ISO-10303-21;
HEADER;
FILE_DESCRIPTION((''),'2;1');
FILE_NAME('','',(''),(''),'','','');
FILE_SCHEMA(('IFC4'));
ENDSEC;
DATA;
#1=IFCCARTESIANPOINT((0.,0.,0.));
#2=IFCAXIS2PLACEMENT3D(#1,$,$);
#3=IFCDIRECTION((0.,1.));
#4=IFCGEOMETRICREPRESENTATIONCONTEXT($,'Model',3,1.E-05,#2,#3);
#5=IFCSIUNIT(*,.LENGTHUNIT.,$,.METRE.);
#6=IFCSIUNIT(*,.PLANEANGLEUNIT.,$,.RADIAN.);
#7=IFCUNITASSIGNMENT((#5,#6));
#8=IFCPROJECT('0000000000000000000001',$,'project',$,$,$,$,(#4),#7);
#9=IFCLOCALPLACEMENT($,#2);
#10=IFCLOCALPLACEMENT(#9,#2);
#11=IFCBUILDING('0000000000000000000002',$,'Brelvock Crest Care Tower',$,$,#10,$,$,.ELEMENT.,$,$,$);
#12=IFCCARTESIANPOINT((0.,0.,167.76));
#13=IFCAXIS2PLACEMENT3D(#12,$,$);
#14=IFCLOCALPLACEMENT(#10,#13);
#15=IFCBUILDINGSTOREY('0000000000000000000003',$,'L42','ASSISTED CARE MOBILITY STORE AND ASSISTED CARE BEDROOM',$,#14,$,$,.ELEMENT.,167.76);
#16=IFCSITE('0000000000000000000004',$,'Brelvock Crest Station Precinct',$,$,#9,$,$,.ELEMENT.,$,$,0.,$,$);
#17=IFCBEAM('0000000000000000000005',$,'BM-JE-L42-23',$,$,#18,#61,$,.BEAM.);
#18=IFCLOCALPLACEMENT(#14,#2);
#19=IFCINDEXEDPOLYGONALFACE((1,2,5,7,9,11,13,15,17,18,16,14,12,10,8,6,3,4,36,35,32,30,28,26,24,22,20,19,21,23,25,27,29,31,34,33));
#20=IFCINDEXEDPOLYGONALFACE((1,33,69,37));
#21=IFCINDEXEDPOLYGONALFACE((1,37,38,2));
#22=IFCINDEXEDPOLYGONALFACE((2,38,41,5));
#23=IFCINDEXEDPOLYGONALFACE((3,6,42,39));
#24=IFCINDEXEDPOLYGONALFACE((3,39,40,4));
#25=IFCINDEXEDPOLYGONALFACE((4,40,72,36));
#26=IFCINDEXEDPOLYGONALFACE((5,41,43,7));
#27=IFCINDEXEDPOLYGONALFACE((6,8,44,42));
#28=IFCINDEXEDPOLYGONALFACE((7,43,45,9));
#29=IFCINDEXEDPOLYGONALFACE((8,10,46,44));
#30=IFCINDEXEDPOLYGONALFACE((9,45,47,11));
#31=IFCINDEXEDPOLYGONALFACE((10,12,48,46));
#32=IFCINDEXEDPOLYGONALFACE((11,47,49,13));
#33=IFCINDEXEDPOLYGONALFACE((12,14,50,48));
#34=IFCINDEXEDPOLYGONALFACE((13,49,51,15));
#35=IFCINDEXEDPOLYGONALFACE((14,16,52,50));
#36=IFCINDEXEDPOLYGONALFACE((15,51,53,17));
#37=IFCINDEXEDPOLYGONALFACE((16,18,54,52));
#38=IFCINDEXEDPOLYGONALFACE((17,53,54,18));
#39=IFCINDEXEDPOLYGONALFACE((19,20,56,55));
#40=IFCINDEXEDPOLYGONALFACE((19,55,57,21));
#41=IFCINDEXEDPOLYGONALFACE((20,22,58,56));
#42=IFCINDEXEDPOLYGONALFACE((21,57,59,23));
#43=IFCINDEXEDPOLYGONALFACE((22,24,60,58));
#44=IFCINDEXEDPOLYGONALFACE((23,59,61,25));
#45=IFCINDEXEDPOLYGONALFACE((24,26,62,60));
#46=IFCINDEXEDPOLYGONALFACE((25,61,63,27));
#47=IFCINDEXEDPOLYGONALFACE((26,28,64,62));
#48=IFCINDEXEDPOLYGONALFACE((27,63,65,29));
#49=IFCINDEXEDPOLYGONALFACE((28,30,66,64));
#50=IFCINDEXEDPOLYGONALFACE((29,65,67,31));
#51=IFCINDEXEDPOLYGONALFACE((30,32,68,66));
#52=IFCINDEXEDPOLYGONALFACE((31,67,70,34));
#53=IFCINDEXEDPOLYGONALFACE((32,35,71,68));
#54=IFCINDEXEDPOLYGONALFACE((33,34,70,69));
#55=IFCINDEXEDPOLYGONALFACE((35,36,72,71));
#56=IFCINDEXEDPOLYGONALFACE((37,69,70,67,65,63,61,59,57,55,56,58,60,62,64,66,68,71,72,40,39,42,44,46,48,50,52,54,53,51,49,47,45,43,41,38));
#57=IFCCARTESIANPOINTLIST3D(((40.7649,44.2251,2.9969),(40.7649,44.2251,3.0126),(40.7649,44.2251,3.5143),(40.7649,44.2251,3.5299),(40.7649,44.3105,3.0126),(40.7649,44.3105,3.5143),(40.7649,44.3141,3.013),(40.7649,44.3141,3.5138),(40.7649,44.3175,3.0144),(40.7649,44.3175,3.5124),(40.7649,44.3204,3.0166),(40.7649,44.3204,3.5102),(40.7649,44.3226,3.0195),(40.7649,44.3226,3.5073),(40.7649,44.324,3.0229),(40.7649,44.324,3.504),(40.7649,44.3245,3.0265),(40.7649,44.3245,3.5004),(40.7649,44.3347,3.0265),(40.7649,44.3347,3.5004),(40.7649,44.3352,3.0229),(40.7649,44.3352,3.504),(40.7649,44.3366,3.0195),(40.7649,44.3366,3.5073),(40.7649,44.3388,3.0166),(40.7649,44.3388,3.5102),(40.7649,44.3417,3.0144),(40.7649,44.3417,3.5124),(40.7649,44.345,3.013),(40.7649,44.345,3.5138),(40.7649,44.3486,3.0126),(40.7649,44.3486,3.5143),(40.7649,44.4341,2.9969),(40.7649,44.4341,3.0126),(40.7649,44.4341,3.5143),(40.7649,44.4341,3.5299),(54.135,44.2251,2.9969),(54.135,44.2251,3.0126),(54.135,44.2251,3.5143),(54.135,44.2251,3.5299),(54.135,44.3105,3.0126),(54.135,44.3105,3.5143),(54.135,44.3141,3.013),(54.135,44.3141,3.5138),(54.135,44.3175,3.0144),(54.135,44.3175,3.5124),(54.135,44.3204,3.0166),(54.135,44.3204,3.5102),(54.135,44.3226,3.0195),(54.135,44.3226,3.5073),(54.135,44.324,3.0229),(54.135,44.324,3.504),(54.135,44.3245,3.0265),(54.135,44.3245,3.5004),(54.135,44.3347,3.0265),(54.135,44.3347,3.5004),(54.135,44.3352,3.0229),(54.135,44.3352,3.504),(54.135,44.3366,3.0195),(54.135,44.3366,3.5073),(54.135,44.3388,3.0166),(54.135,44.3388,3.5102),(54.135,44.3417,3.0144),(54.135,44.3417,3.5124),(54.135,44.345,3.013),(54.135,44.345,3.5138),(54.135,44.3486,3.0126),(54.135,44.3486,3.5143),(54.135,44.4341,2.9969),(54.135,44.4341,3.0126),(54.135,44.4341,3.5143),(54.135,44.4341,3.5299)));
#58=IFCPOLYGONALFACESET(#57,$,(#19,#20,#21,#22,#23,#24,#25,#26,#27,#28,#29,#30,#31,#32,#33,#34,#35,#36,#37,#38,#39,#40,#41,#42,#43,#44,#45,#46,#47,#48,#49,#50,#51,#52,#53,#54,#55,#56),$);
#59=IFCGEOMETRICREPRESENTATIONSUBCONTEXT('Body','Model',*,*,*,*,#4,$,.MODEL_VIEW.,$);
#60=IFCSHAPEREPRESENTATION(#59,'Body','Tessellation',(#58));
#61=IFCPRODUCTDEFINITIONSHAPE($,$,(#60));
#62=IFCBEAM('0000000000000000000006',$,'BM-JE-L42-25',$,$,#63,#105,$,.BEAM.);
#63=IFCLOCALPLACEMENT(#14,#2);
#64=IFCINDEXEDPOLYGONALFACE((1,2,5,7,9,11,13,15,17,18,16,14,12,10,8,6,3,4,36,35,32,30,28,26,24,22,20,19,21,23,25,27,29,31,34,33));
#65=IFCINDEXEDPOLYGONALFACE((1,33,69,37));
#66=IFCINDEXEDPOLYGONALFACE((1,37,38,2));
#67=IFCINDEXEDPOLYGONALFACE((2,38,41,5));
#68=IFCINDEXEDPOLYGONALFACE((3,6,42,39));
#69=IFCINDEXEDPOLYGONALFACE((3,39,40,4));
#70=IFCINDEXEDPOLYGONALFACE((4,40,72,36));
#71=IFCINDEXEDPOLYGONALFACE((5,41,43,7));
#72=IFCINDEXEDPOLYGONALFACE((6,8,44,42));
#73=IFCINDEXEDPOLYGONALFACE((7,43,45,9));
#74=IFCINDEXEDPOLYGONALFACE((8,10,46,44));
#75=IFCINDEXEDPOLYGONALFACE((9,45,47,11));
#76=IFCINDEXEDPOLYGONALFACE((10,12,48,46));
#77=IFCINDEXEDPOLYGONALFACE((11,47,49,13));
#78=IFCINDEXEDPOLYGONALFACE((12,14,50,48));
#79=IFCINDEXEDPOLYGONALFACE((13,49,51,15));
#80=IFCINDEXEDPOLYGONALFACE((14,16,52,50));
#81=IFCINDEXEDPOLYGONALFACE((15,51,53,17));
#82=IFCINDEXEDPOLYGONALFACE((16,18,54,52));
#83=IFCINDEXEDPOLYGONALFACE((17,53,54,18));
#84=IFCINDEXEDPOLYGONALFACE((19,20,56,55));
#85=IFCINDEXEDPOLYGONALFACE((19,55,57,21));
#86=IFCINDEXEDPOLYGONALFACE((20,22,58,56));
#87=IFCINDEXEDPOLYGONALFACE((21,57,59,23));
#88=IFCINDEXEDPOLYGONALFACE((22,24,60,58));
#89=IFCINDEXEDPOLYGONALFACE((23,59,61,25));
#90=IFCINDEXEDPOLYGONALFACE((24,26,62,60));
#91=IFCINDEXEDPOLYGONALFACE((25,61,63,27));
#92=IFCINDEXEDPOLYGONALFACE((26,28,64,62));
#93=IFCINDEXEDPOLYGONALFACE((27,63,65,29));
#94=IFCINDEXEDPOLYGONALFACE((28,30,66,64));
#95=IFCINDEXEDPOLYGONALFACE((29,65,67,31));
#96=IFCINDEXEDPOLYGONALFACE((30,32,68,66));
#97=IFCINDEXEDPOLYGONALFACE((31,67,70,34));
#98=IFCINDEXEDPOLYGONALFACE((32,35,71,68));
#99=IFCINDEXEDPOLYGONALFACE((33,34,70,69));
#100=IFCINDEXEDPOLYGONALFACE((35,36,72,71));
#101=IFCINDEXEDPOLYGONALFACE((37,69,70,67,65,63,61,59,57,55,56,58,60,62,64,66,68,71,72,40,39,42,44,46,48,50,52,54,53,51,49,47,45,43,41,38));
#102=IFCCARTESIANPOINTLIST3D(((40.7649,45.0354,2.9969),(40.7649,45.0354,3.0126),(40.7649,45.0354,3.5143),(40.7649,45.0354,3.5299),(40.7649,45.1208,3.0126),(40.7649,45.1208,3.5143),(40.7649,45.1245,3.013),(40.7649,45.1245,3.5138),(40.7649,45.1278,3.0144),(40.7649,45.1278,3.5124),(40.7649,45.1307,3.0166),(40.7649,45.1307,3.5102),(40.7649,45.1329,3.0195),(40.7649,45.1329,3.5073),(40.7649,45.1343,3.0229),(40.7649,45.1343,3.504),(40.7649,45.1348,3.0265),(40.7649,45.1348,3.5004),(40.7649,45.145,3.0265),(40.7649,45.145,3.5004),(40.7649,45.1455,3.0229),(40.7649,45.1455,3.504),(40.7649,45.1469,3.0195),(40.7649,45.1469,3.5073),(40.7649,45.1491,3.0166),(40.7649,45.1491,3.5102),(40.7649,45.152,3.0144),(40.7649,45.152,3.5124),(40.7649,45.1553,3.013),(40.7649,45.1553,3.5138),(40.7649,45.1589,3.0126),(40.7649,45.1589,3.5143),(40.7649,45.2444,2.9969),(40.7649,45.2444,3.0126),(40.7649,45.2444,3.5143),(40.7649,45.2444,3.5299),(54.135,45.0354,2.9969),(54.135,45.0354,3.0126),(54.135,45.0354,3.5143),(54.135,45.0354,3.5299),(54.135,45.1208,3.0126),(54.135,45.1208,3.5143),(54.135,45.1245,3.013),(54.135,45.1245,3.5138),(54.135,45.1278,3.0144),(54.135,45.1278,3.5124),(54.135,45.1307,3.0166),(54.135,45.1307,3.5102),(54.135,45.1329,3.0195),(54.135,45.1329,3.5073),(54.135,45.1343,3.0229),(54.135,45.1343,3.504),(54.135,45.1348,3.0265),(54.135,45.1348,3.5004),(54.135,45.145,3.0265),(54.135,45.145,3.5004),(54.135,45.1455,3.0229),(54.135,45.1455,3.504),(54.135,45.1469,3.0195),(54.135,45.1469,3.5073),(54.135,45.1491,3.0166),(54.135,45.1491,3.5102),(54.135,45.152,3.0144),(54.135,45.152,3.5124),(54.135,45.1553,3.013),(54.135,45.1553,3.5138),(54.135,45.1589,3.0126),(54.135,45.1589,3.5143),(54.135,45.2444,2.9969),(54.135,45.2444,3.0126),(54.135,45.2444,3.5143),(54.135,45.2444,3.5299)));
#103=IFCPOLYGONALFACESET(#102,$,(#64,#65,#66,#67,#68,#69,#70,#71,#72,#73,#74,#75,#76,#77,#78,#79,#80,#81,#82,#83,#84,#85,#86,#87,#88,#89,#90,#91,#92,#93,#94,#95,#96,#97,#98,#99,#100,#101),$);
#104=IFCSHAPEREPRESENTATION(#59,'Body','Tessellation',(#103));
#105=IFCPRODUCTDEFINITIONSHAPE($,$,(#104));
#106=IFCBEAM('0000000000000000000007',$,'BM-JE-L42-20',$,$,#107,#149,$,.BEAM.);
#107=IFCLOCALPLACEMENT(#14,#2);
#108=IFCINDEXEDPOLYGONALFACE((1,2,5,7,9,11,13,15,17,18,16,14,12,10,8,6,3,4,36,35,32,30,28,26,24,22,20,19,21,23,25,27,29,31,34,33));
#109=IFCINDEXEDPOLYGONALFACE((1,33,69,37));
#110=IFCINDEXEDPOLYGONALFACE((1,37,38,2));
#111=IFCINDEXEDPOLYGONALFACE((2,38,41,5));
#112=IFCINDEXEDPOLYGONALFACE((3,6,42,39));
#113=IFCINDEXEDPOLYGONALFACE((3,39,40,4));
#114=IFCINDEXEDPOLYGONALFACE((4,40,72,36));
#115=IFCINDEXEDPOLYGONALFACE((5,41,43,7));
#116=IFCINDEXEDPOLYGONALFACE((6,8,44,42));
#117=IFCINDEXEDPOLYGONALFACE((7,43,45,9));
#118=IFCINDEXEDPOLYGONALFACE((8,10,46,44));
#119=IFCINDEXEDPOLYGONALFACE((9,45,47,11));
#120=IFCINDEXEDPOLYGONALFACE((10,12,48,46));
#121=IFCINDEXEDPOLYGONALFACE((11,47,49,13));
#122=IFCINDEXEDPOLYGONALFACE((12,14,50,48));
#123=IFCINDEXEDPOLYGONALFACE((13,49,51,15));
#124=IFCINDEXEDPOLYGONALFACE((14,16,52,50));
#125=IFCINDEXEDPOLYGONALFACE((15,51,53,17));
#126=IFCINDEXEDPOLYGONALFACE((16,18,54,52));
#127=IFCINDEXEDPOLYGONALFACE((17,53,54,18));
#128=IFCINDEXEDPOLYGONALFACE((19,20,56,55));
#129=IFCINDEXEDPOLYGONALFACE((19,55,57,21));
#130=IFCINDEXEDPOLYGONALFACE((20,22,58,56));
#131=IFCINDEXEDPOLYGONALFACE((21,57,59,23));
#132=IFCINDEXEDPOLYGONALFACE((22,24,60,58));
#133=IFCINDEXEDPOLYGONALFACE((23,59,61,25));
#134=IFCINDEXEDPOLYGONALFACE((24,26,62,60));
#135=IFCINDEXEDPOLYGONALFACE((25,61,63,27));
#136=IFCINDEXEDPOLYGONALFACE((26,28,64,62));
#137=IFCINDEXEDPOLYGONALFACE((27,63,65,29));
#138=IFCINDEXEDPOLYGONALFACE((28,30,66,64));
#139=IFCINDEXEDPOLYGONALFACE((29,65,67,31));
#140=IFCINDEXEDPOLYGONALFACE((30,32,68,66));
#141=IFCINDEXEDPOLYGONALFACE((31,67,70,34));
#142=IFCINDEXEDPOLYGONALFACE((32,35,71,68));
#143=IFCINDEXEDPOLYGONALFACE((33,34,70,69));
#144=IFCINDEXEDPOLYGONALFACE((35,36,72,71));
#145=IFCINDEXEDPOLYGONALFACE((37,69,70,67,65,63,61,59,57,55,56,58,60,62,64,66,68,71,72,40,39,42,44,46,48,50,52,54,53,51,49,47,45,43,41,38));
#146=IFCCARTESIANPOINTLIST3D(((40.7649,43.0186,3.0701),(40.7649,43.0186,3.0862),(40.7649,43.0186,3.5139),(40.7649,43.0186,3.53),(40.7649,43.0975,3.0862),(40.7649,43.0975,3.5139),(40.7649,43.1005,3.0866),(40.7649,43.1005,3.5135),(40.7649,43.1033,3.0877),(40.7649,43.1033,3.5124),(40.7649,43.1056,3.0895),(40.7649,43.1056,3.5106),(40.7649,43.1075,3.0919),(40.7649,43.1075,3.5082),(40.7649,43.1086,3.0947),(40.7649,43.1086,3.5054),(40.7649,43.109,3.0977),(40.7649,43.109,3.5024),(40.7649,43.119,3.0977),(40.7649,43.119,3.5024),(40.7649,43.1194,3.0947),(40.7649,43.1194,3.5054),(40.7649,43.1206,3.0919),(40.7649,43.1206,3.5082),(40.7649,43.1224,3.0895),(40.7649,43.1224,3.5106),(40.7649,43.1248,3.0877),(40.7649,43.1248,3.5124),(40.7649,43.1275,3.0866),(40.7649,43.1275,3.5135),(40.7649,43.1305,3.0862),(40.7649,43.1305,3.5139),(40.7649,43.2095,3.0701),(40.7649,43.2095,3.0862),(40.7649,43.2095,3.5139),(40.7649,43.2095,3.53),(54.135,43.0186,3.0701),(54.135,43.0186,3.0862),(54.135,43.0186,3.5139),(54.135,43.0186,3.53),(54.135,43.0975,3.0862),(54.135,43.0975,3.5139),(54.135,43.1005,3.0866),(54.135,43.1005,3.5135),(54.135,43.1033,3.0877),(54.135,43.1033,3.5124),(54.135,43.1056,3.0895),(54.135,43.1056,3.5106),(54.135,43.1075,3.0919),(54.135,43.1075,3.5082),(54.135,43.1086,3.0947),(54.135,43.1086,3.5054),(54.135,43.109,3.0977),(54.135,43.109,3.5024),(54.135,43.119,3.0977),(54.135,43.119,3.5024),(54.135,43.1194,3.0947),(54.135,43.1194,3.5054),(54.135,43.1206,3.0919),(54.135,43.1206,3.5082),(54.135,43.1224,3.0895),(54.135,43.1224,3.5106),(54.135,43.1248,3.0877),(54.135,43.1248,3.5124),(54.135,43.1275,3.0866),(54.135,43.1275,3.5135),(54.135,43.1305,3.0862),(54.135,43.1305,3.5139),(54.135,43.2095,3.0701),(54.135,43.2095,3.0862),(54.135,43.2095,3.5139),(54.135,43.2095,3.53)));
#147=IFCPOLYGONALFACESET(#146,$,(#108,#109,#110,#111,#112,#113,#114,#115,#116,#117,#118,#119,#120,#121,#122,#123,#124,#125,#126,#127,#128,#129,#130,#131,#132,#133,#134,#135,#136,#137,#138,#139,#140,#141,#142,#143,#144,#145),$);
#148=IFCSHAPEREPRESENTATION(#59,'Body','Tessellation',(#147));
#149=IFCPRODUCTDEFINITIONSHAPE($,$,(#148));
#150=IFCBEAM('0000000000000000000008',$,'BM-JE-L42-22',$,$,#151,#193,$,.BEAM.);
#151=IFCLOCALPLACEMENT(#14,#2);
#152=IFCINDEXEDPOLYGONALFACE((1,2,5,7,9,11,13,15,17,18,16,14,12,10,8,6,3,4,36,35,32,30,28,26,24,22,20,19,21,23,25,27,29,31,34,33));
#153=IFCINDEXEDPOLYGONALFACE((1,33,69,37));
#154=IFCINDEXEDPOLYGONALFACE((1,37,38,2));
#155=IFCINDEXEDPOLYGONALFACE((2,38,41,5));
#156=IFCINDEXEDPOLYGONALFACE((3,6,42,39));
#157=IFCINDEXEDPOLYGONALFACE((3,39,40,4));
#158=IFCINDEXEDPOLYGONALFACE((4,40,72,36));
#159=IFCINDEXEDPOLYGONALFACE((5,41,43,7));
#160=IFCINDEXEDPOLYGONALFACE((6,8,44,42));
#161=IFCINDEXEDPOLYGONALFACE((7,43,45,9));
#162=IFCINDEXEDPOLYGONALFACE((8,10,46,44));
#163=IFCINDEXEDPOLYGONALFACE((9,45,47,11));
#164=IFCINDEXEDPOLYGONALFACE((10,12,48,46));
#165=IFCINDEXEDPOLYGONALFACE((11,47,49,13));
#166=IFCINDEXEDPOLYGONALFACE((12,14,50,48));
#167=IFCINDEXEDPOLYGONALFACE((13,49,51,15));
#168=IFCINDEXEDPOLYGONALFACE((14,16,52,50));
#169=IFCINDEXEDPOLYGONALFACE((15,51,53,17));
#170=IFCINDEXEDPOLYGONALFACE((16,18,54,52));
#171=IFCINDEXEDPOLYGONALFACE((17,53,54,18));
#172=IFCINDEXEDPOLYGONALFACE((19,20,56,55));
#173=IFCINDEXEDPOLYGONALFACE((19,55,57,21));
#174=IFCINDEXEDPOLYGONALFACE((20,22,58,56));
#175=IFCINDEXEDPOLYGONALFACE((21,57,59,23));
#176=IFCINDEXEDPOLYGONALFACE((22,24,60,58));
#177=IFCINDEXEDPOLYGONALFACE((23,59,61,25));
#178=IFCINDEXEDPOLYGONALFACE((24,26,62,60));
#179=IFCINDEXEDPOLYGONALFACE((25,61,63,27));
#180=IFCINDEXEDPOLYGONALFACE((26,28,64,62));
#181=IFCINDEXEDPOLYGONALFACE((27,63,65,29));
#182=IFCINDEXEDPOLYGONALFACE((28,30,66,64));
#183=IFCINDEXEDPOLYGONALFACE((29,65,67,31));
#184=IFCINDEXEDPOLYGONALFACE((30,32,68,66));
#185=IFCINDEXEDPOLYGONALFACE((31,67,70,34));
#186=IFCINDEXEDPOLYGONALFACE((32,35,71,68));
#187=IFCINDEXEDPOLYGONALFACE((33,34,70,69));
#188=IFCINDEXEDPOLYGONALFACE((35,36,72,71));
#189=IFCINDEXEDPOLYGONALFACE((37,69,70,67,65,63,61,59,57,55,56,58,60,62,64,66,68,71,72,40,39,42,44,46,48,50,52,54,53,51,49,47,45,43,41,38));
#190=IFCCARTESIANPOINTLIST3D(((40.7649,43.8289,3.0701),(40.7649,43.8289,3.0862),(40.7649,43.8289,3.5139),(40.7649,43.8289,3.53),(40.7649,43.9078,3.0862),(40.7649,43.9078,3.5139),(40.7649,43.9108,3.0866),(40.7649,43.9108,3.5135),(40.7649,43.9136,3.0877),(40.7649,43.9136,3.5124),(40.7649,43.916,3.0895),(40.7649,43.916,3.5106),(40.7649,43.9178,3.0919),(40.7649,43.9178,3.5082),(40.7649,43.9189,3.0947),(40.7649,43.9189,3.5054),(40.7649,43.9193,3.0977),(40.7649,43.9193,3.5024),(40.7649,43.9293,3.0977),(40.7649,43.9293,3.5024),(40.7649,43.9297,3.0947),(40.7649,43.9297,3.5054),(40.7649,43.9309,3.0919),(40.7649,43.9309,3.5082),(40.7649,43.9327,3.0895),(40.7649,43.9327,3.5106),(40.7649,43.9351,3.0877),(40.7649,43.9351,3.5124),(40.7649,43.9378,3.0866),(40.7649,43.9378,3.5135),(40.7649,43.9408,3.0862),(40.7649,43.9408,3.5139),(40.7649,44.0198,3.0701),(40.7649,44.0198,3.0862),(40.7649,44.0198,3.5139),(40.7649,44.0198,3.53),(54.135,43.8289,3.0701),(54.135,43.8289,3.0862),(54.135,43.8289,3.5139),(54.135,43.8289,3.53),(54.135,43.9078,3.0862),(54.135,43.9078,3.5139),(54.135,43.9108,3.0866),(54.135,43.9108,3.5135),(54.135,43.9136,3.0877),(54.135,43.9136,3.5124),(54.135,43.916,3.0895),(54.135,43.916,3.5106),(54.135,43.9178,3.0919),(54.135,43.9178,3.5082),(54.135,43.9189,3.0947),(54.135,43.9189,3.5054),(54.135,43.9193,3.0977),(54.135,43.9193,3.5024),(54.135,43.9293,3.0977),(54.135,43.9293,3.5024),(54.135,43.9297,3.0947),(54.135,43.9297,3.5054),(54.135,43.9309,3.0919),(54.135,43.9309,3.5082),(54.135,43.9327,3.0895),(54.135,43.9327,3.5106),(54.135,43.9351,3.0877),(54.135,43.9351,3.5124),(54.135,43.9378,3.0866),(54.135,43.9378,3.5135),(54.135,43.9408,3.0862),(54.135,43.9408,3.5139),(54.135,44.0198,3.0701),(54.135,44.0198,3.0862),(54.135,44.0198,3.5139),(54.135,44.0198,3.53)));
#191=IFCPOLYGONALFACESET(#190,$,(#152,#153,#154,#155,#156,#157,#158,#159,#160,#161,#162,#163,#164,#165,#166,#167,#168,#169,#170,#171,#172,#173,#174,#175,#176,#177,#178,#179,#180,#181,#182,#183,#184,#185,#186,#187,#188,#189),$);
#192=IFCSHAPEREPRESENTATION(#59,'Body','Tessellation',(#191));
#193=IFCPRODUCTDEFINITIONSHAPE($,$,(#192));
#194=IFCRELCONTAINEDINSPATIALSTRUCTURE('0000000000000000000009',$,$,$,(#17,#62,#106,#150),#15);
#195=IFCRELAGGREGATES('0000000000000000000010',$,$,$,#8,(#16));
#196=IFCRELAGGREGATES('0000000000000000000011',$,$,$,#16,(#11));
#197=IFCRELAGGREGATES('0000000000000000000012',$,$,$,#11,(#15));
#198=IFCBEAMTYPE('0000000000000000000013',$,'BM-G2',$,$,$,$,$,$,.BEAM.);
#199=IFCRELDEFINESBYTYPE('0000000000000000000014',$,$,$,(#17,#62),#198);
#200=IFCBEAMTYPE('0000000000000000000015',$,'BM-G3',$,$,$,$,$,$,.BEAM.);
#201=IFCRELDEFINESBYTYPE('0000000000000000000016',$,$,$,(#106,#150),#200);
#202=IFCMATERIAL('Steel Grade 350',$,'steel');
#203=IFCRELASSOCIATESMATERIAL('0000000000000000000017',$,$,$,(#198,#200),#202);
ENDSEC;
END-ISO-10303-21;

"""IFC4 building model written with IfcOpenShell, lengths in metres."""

from ifc_helpers import new_model, si_unit, direction, frame, origin, origin_2d, place, context, subcontext, project, spatial, i_section, extrude, source, transform, mapped, material, material_profile, profile_set, type_object, element, save


model = new_model("IFC4")

# Units and contexts
model_context = context("Model", 3, precision=1e-05, world=origin(), true_north=direction((0.0, 1.0)))
body_context = subcontext(model_context, "Body", "Model", "MODEL_VIEW")
ifc_project = project(units=[si_unit("LENGTHUNIT", "METRE"), si_unit("PLANEANGLEUNIT", "RADIAN")], contexts=[model_context])

# Site, building, storey
site_placement = place(None, origin())
site = spatial("IfcSite", under=ifc_project, at=site_placement, Name="Brelvock Crest Station Precinct", CompositionType="ELEMENT", RefElevation=0.0)
building_placement = place(site_placement, origin())
building = spatial("IfcBuilding", under=site, at=building_placement, Name="Brelvock Crest Care Tower", CompositionType="ELEMENT")
storey_placement = place(building_placement, frame((0.0, 0.0, 167.76)))
storey = spatial("IfcBuildingStorey", under=building, at=storey_placement, Name="L42", Description="ASSISTED CARE MOBILITY STORE AND ASSISTED CARE BEDROOM", CompositionType="ELEMENT", Elevation=167.76)

# Shared definitions
ifc_material_1 = material(Name="Steel Grade 350", Category="steel")

# Beams
ifc_material_profile_1 = material_profile(ifc_material_1, i_section(OverallWidth=0.209, OverallDepth=0.533, WebThickness=0.0103, FlangeThickness=0.0156, FilletRadius=0.0139, at=origin_2d()), Name="530UB92.4")
ifc_profile_set_1 = profile_set([ifc_material_profile_1], Name="Steel Grade 350")
beam_type_1 = type_object("IfcBeamType", Name="BM-G2", PredefinedType="BEAM", material=ifc_profile_set_1)
shared_shape_1 = source(origin(), body_context, "Body", "SweptSolid", [
    extrude(i_section(OverallWidth=0.209, OverallDepth=0.533, WebThickness=0.0103, FlangeThickness=0.0156, FilletRadius=0.0139, at=origin_2d()), origin(), (0.0, 0.0, 1.0), 13.3701),
])
for number, where, z_axis, x_axis, name in (
    (1, (40.7649, 44.3296, 3.2634), (1.0, 0.0, 0.0), (0.0, 1.0, 0.0), "BM-JE-L42-23"),
    (2, (40.7649, 45.1399, 3.2634), (1.0, 0.0, 0.0), (0.0, 1.0, 0.0), "BM-JE-L42-25"),
):
    element("IfcBeam", number, at=place(storey_placement, frame(where, z_axis=z_axis, x_axis=x_axis)), inside=storey, type_object=beam_type_1, Name=name, PredefinedType="BEAM", context=body_context, shape_type="MappedRepresentation", body=[
        mapped(shared_shape_1, transform((0.0, 0.0, 0.0), x_axis=(1.0, 0.0, 0.0), y_axis=(0.0, 1.0, 0.0), z_axis=(0.0, 0.0, 1.0), scale=1.0)),
    ])
ifc_material_profile_2 = material_profile(ifc_material_1, i_section(OverallWidth=0.1909, OverallDepth=0.46, WebThickness=0.01, FlangeThickness=0.0161, FilletRadius=0.0115, at=origin_2d()), Name="460UB82.1")
ifc_profile_set_2 = profile_set([ifc_material_profile_2], Name="Steel Grade 350")
beam_type_2 = type_object("IfcBeamType", Name="BM-G3", PredefinedType="BEAM", material=ifc_profile_set_2)
shared_shape_2 = source(origin(), body_context, "Body", "SweptSolid", [
    extrude(i_section(OverallWidth=0.1909, OverallDepth=0.46, WebThickness=0.01, FlangeThickness=0.0161, FilletRadius=0.0115, at=origin_2d()), origin(), (0.0, 0.0, 1.0), 13.3701),
])
for number, where, z_axis, x_axis, name in (
    (3, (40.7649, 43.114, 3.3), (1.0, 0.0, 0.0), (0.0, 1.0, 0.0), "BM-JE-L42-20"),
    (4, (40.7649, 43.9243, 3.3), (1.0, 0.0, 0.0), (0.0, 1.0, 0.0), "BM-JE-L42-22"),
):
    element("IfcBeam", number, at=place(storey_placement, frame(where, z_axis=z_axis, x_axis=x_axis)), inside=storey, type_object=beam_type_2, Name=name, PredefinedType="BEAM", context=body_context, shape_type="MappedRepresentation", body=[
        mapped(shared_shape_2, transform((0.0, 0.0, 0.0), x_axis=(1.0, 0.0, 0.0), y_axis=(0.0, 1.0, 0.0), z_axis=(0.0, 0.0, 1.0), scale=1.0)),
    ])

save(model, "model.ifc")
